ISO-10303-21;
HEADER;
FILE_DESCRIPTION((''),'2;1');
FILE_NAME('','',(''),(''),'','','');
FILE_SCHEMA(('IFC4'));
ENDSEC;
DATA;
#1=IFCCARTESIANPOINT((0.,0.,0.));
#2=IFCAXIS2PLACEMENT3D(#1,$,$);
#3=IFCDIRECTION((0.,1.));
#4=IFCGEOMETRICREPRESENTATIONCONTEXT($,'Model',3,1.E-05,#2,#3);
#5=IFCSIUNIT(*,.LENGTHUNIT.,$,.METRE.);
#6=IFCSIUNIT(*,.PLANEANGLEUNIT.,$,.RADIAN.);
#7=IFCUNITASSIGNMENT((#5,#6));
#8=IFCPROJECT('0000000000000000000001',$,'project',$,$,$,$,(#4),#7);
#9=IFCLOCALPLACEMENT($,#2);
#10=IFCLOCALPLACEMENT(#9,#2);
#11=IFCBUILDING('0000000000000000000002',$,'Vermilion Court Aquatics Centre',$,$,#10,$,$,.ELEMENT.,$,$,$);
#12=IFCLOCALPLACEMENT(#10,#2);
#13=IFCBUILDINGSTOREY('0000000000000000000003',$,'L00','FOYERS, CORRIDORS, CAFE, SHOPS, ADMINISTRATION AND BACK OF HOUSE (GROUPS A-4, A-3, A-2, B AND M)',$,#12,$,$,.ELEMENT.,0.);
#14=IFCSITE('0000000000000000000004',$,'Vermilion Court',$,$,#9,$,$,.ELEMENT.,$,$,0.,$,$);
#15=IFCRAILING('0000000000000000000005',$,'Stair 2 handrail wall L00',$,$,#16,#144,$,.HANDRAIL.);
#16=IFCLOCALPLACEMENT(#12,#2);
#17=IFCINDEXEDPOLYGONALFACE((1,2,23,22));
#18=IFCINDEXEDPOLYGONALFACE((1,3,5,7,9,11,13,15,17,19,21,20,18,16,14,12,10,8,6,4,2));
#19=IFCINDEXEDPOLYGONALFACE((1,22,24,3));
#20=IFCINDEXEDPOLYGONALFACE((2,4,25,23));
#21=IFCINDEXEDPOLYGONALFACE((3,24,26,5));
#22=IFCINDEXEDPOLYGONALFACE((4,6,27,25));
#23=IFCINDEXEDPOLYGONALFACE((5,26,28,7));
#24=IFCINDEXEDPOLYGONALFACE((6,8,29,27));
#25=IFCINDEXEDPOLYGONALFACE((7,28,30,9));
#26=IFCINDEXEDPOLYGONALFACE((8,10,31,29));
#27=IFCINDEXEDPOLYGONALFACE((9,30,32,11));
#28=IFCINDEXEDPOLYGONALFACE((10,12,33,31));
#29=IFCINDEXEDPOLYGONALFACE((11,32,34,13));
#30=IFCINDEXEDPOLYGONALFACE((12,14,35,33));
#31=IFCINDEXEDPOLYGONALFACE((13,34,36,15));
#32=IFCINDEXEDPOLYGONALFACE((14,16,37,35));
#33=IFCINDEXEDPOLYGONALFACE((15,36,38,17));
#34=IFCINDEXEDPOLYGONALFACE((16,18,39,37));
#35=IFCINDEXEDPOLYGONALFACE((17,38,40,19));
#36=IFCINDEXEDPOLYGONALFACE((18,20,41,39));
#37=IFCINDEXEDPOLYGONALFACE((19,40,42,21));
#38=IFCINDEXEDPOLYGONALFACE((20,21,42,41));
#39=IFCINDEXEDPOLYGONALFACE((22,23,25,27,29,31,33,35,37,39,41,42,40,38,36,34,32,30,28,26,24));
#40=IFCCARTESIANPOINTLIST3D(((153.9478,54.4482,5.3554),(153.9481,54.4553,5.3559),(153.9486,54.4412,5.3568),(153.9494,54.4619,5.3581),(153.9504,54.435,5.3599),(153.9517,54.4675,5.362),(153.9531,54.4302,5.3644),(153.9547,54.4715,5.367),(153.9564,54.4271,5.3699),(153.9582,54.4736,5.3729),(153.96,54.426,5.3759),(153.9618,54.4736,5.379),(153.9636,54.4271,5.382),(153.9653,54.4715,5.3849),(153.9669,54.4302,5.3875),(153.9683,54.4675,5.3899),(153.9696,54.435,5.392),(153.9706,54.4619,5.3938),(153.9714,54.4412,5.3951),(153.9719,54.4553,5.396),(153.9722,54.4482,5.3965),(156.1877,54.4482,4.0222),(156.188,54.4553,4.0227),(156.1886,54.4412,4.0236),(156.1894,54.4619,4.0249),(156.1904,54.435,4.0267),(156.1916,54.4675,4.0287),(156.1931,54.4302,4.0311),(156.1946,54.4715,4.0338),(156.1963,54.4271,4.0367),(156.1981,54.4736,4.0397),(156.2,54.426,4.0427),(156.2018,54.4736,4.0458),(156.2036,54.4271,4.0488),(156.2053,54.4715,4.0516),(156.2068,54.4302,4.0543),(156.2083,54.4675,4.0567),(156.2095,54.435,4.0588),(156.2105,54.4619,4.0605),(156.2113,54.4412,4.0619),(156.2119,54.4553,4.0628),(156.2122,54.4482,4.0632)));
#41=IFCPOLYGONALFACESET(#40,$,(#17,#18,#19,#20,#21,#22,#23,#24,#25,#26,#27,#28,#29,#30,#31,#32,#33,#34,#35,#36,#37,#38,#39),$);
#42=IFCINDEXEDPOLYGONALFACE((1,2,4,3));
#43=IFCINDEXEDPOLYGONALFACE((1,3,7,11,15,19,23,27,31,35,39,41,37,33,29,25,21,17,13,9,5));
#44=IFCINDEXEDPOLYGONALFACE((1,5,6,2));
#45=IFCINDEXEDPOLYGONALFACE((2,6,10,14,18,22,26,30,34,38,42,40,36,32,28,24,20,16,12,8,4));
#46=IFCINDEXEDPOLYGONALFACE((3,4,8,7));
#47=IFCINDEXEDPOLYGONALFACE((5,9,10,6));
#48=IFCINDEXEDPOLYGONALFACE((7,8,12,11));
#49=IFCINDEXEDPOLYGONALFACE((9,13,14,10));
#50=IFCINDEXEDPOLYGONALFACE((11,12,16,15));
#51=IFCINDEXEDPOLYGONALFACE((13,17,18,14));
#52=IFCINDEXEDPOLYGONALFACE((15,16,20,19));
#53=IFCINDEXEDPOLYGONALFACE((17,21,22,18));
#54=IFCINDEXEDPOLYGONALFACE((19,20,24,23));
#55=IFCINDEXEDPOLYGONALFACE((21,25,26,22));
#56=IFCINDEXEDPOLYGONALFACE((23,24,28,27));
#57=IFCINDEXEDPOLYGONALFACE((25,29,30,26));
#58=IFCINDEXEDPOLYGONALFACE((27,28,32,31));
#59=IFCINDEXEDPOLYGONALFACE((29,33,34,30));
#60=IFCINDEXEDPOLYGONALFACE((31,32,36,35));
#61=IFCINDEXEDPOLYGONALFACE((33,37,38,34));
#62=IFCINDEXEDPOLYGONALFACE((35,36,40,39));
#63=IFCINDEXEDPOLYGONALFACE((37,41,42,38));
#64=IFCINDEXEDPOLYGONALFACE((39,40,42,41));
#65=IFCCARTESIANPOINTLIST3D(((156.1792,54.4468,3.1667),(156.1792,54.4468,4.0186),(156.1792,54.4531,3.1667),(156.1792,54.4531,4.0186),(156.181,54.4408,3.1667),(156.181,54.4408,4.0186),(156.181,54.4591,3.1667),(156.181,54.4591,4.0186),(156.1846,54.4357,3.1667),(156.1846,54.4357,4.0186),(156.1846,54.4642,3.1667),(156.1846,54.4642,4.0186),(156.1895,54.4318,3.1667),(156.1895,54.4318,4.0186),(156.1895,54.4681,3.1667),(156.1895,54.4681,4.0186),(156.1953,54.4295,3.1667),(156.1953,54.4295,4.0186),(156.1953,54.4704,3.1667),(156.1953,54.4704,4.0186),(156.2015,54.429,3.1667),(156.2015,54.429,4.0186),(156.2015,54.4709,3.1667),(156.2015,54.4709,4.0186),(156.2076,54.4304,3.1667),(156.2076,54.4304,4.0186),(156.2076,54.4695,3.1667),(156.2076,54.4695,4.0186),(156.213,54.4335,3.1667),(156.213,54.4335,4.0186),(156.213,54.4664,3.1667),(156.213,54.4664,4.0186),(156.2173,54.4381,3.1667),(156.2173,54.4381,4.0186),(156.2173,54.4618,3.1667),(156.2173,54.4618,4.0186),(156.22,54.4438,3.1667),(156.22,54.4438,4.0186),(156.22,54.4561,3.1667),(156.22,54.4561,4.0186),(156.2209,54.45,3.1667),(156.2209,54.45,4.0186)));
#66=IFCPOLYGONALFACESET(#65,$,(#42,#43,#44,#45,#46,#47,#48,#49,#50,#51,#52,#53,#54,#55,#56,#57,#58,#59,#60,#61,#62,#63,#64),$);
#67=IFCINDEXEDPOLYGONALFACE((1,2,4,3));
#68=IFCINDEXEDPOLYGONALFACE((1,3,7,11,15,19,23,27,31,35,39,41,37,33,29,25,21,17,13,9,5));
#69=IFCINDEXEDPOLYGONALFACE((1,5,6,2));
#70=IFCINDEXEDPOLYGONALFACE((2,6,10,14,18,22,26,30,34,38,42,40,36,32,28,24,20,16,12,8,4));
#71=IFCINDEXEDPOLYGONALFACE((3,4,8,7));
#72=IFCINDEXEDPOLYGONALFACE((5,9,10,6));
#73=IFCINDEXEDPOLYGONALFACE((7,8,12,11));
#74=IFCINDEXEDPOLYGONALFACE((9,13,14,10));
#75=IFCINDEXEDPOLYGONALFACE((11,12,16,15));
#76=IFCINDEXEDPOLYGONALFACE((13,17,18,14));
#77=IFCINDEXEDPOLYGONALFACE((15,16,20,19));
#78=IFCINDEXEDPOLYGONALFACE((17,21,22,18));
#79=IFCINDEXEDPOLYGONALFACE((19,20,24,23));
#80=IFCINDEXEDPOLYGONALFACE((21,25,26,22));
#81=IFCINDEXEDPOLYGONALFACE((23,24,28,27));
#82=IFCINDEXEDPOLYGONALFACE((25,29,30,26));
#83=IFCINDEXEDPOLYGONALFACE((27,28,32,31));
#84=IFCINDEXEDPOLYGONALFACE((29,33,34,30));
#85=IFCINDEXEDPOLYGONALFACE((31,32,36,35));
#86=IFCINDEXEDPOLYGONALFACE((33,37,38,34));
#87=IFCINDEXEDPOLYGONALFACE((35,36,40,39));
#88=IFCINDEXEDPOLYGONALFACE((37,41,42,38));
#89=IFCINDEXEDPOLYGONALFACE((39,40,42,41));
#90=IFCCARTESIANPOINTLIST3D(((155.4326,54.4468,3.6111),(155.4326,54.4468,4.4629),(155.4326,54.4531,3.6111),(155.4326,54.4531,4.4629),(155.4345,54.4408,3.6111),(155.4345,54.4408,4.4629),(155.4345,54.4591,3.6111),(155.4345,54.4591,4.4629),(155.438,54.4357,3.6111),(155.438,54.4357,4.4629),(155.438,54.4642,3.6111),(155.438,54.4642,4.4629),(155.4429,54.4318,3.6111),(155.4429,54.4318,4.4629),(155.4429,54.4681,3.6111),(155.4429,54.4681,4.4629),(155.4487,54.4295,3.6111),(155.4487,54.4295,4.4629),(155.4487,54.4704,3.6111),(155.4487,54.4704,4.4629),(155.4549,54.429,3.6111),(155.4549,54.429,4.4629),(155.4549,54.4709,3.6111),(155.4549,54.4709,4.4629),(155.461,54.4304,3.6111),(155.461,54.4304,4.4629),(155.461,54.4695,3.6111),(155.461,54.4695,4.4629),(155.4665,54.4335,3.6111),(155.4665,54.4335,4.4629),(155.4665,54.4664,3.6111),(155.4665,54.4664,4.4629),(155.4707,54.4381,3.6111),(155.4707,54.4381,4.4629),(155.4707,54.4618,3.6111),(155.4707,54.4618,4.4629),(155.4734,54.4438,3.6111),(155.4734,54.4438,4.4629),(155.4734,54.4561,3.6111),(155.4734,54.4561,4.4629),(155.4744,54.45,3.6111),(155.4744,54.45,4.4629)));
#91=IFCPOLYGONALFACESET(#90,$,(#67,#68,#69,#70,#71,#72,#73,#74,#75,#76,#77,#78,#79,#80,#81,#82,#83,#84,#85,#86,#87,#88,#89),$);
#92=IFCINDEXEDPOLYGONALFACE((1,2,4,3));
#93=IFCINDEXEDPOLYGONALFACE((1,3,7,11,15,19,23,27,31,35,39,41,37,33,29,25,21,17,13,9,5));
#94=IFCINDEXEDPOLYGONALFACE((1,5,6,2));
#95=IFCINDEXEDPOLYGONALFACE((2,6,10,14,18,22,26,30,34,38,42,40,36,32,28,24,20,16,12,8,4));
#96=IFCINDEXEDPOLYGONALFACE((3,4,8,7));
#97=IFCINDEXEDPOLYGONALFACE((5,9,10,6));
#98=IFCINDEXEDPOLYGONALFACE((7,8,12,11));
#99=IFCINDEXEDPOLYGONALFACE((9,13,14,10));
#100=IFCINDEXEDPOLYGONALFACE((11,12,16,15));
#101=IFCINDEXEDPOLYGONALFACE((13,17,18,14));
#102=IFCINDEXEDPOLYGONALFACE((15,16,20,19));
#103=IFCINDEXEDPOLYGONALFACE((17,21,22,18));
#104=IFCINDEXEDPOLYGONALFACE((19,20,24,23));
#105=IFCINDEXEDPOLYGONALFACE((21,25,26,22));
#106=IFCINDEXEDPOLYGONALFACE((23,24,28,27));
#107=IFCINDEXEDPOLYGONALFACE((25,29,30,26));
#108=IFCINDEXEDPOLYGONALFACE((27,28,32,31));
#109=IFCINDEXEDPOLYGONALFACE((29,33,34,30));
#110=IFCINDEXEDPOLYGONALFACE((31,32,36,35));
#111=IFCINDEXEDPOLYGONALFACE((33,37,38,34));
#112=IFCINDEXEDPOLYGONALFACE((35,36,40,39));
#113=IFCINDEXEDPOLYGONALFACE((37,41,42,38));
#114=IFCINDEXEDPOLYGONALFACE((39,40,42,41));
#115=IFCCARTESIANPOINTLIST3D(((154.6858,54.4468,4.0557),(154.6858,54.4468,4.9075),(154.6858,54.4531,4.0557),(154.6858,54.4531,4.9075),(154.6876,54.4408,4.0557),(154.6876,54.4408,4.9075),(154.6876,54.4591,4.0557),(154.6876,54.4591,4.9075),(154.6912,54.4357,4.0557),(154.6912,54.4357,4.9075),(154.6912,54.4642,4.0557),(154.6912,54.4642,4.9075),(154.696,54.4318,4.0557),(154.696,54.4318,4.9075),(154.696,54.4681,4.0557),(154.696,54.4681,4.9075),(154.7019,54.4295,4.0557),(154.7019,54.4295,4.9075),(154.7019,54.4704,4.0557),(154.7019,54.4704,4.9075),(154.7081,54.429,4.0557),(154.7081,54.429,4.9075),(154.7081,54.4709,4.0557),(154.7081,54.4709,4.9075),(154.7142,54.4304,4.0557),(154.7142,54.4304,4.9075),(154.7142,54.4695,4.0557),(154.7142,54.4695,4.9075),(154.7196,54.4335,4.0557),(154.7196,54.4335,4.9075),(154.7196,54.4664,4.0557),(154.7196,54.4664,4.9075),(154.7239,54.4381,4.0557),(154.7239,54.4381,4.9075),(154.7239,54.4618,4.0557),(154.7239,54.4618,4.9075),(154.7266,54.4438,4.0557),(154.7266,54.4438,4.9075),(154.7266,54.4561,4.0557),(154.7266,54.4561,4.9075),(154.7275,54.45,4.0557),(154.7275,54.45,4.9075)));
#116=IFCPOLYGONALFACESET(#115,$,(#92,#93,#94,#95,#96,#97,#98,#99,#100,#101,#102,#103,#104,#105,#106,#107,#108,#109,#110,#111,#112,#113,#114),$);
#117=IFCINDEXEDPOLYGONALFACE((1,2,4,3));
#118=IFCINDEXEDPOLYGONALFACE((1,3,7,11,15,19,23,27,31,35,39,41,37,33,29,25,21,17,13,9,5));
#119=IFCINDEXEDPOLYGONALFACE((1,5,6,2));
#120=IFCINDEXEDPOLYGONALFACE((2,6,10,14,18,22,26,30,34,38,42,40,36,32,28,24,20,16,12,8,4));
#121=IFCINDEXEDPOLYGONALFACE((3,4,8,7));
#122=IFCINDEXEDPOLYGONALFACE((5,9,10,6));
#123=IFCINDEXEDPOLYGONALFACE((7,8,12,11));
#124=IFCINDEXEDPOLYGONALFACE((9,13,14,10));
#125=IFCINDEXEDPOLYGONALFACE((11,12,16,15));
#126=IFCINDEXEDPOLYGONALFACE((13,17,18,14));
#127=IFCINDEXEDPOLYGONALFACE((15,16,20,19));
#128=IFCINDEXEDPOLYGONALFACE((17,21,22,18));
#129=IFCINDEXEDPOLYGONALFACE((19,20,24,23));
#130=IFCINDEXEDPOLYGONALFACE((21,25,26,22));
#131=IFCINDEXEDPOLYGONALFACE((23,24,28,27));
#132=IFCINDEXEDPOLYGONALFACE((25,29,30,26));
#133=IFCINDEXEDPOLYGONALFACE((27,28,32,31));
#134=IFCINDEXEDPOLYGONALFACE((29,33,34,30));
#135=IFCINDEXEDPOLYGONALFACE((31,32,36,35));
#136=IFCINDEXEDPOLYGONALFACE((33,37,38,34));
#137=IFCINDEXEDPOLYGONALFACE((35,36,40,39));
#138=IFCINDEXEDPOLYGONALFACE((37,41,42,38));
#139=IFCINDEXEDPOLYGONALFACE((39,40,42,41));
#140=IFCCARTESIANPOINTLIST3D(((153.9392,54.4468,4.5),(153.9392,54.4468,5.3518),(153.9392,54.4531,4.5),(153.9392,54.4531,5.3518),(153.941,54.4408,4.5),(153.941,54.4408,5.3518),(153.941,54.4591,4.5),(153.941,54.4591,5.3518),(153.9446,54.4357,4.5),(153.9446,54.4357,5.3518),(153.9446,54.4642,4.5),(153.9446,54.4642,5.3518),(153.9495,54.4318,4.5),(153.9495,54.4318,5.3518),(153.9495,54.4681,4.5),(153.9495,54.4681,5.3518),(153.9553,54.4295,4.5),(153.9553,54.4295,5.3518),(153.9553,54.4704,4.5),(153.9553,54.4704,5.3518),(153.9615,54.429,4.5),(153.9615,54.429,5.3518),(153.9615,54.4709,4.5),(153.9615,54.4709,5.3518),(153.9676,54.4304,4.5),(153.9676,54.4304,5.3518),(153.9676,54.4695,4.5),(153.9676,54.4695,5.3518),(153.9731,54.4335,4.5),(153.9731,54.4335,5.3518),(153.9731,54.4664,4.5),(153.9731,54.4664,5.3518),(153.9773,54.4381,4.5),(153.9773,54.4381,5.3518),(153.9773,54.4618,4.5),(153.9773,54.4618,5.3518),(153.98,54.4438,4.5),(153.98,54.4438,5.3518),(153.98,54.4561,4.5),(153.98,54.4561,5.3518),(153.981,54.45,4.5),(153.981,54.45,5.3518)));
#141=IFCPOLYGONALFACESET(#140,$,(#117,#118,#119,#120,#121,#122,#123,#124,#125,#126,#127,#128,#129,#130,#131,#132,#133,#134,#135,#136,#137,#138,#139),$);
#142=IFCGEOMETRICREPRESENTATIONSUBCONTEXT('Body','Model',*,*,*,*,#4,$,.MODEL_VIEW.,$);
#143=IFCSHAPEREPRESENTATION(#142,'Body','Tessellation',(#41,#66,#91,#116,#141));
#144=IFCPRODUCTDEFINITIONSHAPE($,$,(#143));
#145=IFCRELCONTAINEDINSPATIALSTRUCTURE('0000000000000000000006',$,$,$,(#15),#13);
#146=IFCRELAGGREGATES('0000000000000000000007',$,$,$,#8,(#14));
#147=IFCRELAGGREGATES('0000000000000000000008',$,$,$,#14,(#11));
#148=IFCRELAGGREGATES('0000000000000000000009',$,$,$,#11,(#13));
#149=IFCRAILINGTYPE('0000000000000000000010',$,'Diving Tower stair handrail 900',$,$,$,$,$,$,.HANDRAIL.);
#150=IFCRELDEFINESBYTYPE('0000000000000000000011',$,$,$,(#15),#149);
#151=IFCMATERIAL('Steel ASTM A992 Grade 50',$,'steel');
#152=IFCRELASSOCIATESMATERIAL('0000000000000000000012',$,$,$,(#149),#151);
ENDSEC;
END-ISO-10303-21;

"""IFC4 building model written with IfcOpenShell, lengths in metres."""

from ifc_helpers import new_model, si_unit, direction, frame, origin, origin_2d, place, context, subcontext, project, spatial, circle, extrude, material, type_object, element, save


model = new_model("IFC4")

# Units and contexts
model_context = context("Model", 3, precision=1e-05, world=origin(), true_north=direction((0.0, 1.0)))
body_context = subcontext(model_context, "Body", "Model", "MODEL_VIEW")
ifc_project = project(units=[si_unit("LENGTHUNIT", "METRE"), si_unit("PLANEANGLEUNIT", "RADIAN")], contexts=[model_context])

# Site, building, storey
site_placement = place(None, origin())
site = spatial("IfcSite", under=ifc_project, at=site_placement, Name="Vermilion Court", CompositionType="ELEMENT", RefElevation=0.0)
building_placement = place(site_placement, origin())
building = spatial("IfcBuilding", under=site, at=building_placement, Name="Vermilion Court Aquatics Centre", CompositionType="ELEMENT")
storey_placement = place(building_placement, origin())
storey = spatial("IfcBuildingStorey", under=building, at=storey_placement, Name="L00", Description="FOYERS, CORRIDORS, CAFE, SHOPS, ADMINISTRATION AND BACK OF HOUSE (GROUPS A-4, A-3, A-2, B AND M)", CompositionType="ELEMENT", Elevation=0.0)

# Railing
ifc_material_1 = material(Name="Steel ASTM A992 Grade 50", Category="steel")
railing_type_1 = type_object("IfcRailingType", Name="Diving Tower stair handrail 900", PredefinedType="HANDRAIL", material=ifc_material_1)
for number, where, name in (
    (1, (156.2, 54.45, 3.1667), "Stair 2 handrail wall L00"),
):
    element("IfcRailing", number, at=place(storey_placement, frame(where)), inside=storey, type_object=railing_type_1, Name=name, PredefinedType="HANDRAIL", context=body_context, shape_type="SweptSolid", body=[
        extrude(circle(Radius=0.0239, at=origin_2d()), frame((0.0, 0.0, 0.876), z_axis=(-0.859306, 0.0, 0.511462), x_axis=(0.0, -1.0, 0.0)), (0.0, 0.0, 1.0), 2.6067),
        extrude(circle(Radius=0.021, at=origin_2d()), origin(), (0.0, 0.0, 1.0), 0.8518),
        extrude(circle(Radius=0.021, at=origin_2d()), frame((-0.7466, 0.0, 0.4443)), (0.0, 0.0, 1.0), 0.8518),
        extrude(circle(Radius=0.021, at=origin_2d()), frame((-1.4934, 0.0, 0.8889)), (0.0, 0.0, 1.0), 0.8518),
        extrude(circle(Radius=0.021, at=origin_2d()), frame((-2.24, 0.0, 1.3333)), (0.0, 0.0, 1.0), 0.8518),
    ])

save(model, "model.ifc")
